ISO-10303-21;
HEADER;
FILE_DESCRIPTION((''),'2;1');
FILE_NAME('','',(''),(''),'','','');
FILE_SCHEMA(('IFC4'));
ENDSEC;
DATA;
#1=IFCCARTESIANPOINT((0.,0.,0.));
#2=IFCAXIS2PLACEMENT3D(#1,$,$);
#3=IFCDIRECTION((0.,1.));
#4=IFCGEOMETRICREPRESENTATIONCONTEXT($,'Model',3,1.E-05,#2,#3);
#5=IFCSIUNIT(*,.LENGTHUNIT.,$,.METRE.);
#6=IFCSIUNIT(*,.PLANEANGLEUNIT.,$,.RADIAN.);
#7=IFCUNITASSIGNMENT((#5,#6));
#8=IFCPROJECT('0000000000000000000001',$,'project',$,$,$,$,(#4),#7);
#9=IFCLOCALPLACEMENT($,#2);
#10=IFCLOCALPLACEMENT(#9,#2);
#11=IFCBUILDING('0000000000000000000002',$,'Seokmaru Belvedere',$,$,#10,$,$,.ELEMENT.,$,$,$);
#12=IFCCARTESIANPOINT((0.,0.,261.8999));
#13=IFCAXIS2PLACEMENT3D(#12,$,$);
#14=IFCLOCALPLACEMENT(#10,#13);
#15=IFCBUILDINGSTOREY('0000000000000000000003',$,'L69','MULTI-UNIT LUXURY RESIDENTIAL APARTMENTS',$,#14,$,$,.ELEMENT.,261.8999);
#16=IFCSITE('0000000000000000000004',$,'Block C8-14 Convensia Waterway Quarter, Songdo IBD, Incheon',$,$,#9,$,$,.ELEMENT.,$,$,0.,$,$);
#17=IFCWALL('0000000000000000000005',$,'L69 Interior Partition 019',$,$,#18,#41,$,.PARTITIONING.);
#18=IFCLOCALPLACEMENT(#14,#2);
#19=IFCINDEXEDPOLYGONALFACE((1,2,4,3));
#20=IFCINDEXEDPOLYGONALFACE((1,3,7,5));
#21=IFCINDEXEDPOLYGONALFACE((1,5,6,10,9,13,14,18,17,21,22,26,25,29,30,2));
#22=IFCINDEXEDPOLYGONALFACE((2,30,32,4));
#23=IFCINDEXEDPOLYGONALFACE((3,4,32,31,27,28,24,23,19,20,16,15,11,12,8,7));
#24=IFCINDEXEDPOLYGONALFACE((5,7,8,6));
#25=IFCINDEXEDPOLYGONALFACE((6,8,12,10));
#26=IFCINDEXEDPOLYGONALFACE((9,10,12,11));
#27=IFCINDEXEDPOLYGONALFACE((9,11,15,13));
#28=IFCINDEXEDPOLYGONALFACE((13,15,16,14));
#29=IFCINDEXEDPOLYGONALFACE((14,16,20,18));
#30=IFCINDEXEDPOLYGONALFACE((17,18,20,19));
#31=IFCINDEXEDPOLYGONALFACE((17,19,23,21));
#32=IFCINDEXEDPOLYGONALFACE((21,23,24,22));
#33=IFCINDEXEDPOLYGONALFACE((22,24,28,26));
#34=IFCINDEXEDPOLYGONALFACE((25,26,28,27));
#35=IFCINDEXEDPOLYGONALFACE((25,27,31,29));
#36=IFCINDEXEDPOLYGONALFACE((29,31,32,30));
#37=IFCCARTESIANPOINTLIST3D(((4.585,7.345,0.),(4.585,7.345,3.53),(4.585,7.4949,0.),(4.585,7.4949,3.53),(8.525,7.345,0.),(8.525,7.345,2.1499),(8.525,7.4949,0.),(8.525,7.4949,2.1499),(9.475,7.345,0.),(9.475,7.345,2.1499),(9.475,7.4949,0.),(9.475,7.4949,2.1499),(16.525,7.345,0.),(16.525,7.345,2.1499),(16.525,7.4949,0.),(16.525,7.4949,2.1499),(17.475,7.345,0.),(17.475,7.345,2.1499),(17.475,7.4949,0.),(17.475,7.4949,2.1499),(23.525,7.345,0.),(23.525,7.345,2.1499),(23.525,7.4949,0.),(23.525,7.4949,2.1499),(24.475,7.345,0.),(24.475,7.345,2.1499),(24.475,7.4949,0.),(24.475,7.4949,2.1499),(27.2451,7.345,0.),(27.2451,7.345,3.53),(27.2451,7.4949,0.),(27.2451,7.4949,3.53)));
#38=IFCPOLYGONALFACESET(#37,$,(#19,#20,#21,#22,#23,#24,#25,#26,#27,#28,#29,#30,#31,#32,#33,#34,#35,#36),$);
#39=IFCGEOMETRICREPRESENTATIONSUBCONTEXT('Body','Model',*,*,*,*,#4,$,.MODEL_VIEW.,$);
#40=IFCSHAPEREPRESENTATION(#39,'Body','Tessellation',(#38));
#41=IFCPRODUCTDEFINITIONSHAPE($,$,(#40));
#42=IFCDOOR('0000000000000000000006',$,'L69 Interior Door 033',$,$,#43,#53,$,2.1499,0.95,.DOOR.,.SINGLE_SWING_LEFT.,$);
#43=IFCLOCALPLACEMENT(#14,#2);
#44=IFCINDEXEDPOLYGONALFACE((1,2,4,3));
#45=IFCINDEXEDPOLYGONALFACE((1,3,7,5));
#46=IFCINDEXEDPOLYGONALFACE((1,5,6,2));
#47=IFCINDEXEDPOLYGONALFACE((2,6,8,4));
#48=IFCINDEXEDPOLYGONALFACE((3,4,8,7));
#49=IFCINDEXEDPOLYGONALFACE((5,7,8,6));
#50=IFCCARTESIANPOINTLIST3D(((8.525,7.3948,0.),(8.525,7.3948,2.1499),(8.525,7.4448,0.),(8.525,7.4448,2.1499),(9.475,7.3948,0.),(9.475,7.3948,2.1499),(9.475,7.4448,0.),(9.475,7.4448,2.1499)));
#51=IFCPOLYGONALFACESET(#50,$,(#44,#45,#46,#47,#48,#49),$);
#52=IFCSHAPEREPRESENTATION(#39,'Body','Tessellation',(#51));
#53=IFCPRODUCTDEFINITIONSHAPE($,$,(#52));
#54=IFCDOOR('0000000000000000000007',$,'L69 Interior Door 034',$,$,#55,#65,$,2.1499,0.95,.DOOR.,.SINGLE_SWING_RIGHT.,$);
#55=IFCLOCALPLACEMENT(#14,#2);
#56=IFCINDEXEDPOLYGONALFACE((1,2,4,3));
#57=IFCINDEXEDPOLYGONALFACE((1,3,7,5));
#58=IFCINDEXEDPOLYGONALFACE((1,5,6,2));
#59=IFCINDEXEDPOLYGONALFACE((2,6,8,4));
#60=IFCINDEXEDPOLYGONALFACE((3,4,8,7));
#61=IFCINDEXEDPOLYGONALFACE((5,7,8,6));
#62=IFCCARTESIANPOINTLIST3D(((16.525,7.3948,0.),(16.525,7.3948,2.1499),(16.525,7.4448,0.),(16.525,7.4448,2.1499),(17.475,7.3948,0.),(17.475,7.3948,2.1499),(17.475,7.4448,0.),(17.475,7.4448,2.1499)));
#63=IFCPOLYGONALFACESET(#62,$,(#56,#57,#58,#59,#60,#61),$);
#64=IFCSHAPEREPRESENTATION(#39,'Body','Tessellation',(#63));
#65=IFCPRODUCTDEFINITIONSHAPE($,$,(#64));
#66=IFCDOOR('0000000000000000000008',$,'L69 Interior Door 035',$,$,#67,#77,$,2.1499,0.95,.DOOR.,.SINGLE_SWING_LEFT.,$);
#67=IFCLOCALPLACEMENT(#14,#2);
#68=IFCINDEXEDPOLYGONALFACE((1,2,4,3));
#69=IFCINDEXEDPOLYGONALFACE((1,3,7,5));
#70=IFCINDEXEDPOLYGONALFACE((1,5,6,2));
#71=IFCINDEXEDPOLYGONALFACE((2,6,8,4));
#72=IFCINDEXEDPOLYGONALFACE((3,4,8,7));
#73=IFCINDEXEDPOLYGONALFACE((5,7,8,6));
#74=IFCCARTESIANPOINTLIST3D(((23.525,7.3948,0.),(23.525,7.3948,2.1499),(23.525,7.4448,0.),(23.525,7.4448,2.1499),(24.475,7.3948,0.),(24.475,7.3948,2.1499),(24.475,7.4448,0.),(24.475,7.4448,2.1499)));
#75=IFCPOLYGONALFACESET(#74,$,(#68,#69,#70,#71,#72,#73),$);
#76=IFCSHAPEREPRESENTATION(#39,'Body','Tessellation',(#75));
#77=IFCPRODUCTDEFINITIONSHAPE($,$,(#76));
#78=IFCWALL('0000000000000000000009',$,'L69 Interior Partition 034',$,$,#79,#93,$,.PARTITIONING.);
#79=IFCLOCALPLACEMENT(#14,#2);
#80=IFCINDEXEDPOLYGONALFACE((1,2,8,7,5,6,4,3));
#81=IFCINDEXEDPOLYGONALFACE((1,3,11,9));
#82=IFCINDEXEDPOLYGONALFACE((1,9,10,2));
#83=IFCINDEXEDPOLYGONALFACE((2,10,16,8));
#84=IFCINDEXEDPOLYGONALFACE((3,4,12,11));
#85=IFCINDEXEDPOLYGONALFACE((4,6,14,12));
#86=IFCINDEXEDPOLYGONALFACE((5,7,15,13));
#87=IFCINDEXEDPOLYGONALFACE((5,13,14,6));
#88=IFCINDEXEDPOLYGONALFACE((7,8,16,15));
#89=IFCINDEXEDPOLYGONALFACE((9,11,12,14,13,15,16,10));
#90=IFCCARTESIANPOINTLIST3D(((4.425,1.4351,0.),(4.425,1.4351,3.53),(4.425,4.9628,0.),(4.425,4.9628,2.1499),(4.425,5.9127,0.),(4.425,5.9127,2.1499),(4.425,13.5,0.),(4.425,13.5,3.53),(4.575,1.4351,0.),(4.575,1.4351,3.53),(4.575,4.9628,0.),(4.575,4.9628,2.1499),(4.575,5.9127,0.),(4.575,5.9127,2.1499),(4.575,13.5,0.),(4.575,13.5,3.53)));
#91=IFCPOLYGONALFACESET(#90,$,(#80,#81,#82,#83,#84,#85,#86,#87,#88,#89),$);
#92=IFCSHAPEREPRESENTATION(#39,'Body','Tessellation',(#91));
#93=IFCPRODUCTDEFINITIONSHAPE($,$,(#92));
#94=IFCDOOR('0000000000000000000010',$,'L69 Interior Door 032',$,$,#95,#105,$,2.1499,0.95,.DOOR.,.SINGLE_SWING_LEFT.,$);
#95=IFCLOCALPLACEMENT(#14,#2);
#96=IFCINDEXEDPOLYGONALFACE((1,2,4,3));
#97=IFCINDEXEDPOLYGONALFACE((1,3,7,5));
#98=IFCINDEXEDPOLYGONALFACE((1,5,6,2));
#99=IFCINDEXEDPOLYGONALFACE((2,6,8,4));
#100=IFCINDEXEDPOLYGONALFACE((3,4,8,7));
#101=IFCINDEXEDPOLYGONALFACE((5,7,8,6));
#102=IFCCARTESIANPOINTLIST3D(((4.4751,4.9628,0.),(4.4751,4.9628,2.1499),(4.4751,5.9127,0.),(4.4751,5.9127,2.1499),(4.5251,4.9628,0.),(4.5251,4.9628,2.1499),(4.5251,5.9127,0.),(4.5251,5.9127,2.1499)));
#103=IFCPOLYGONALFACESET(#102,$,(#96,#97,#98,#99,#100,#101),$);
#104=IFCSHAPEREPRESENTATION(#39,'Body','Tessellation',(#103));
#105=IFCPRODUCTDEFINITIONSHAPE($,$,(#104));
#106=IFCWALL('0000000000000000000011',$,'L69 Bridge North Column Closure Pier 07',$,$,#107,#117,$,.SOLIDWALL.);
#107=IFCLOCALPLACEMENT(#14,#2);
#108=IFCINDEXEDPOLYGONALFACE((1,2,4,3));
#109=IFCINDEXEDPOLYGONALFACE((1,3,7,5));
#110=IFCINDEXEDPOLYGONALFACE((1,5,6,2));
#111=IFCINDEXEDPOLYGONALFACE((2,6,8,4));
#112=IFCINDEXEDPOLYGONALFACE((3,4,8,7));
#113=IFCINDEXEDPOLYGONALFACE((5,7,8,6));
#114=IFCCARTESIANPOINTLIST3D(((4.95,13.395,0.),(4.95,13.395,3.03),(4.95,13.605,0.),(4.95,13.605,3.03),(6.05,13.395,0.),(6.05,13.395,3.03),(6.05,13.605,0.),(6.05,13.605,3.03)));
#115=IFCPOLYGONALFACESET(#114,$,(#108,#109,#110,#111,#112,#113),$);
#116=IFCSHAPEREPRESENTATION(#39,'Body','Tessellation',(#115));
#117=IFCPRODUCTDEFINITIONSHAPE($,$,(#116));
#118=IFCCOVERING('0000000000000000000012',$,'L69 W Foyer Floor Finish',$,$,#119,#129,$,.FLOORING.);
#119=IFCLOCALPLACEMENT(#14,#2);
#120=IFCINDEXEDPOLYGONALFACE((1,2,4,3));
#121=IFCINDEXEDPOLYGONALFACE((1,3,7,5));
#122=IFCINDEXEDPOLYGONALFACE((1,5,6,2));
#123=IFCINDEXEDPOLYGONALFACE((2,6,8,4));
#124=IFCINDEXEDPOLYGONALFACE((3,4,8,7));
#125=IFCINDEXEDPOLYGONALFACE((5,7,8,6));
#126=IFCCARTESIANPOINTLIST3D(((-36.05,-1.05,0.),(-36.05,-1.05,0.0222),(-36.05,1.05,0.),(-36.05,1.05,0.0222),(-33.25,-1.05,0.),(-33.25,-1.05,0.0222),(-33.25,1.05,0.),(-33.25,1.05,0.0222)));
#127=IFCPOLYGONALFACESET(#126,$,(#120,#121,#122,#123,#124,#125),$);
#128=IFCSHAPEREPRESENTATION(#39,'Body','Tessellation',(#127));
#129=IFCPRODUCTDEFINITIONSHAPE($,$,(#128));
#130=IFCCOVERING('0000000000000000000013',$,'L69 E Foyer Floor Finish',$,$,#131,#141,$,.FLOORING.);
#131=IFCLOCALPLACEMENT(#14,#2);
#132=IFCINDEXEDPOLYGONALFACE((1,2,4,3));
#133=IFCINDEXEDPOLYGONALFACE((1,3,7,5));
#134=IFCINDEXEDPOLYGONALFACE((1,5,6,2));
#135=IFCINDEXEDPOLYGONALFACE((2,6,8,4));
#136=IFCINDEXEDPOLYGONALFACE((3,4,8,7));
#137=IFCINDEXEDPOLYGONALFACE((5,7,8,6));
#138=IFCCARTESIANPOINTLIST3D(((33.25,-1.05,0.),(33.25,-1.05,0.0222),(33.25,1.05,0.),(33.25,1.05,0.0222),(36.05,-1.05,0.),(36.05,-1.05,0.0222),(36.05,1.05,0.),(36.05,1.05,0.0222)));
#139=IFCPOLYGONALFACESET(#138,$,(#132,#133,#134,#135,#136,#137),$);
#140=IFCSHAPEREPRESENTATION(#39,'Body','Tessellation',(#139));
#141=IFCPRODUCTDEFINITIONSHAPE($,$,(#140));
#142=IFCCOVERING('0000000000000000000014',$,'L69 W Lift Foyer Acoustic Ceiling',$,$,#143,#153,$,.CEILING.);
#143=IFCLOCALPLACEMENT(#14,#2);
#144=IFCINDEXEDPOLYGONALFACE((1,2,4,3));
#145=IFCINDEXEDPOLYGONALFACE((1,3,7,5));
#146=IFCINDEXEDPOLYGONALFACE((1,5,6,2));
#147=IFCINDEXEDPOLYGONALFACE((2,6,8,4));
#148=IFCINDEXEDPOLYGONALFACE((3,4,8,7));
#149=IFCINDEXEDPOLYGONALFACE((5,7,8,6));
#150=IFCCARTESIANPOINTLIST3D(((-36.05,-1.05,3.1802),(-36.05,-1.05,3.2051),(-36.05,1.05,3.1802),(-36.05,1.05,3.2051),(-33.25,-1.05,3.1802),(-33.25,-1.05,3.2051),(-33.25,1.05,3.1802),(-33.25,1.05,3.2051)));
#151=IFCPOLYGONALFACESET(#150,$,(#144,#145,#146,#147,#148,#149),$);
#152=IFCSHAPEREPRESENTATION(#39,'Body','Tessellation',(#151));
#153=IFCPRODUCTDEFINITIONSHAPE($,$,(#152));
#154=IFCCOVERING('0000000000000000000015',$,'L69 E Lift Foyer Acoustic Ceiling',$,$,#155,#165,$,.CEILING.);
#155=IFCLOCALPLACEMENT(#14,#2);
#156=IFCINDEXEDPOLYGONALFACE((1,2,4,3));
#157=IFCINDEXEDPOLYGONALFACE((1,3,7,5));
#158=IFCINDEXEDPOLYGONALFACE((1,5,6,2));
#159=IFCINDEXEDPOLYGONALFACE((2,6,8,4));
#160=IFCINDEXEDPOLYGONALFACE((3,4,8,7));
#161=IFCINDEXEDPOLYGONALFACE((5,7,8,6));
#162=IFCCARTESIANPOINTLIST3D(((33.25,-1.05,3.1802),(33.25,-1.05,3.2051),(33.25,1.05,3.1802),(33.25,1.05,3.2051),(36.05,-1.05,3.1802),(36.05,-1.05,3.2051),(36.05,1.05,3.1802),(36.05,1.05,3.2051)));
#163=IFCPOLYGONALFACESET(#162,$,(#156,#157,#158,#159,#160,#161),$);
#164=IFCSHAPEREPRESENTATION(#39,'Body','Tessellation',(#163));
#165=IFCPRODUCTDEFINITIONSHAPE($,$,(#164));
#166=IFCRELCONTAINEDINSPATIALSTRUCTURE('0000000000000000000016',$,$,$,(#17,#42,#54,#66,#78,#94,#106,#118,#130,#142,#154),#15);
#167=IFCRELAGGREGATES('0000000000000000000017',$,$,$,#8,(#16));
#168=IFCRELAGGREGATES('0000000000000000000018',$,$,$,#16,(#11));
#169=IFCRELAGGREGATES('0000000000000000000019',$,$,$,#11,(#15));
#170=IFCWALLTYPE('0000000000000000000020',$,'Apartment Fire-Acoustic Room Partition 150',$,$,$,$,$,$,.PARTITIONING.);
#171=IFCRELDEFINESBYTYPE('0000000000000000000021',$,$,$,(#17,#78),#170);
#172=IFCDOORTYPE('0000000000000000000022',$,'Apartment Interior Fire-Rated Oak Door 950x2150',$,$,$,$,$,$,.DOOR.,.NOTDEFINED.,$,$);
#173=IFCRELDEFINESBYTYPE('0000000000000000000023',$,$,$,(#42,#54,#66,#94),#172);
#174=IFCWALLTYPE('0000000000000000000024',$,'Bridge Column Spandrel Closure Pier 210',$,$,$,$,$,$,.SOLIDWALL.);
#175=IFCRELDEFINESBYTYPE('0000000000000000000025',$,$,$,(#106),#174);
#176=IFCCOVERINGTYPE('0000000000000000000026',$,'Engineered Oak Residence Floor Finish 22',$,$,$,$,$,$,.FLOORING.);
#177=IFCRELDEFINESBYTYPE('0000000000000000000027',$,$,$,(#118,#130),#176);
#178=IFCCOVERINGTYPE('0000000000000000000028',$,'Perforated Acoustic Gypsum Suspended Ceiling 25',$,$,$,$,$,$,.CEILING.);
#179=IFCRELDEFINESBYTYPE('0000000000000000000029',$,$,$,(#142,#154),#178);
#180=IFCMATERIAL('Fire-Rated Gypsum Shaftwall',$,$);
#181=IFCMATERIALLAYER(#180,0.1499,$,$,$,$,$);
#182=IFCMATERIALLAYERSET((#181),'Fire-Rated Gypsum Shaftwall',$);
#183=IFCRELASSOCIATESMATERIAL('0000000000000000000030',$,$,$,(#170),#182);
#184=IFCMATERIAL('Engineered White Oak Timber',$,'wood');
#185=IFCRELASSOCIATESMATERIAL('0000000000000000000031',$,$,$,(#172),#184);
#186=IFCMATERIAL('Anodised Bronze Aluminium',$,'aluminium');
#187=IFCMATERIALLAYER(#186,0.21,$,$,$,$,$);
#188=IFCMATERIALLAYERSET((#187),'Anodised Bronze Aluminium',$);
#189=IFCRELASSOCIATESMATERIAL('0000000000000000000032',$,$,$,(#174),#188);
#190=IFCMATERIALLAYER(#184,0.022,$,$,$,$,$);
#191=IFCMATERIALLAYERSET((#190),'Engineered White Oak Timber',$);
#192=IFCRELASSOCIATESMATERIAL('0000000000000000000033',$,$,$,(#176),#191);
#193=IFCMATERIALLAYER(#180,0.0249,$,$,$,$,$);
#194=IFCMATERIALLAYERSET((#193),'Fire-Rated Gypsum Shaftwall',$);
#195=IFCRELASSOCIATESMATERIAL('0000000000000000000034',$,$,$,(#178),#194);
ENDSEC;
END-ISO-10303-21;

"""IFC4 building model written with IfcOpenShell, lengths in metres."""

from ifc_helpers import new_model, si_unit, direction, frame, frame_2d, origin, place, context, subcontext, project, spatial, polyline, rectangle, outline, extrude, source, transform, mapped, material, layer, layer_set, type_object, type_shapes, element, fill, save


model = new_model("IFC4")

# Units and contexts
model_context = context("Model", 3, precision=1e-05, world=origin(), true_north=direction((0.0, 1.0)))
body_context = subcontext(model_context, "Body", "Model", "MODEL_VIEW")
ifc_project = project(units=[si_unit("LENGTHUNIT", "METRE"), si_unit("PLANEANGLEUNIT", "RADIAN")], contexts=[model_context])

# Site, building, storey
site_placement = place(None, origin())
site = spatial("IfcSite", under=ifc_project, at=site_placement, Name="Block C8-14 Convensia Waterway Quarter, Songdo IBD, Incheon", CompositionType="ELEMENT", RefElevation=0.0)
building_placement = place(site_placement, origin())
building = spatial("IfcBuilding", under=site, at=building_placement, Name="Seokmaru Belvedere", CompositionType="ELEMENT")
storey_placement = place(building_placement, frame((0.0, 0.0, 261.8999)))
storey = spatial("IfcBuildingStorey", under=building, at=storey_placement, Name="L69", Description="MULTI-UNIT LUXURY RESIDENTIAL APARTMENTS", CompositionType="ELEMENT", Elevation=261.8999)

# Shared definitions
ifc_material_1 = material(Name="Anodised Bronze Aluminium", Category="aluminium")

# Wall, openings, doors
ifc_material_2 = material(Name="Fire-Rated Gypsum Shaftwall")
ifc_layer_1 = layer(ifc_material_2, 0.1499)
ifc_layer_set_1 = layer_set([ifc_layer_1], Name="Fire-Rated Gypsum Shaftwall")
wall_type_1 = type_object("IfcWallType", Name="Apartment Fire-Acoustic Room Partition 150", PredefinedType="PARTITIONING", material=ifc_layer_set_1)
wall_1_placement = place(storey_placement, frame((4.585, 7.4199, 0.0), z_axis=(0.0, 0.0, 1.0), x_axis=(1.0, 0.0, 0.0)))
wall_1 = element("IfcWall", 1, at=wall_1_placement, inside=storey, type_object=wall_type_1, Name="L69 Interior Partition 019", PredefinedType="PARTITIONING", context=body_context, shape_type="SweptSolid", body=[
    extrude(rectangle(XDim=22.6602, YDim=0.1499, at=frame_2d((11.3301, 0.0))), origin(), (0.0, 0.0, 1.0), 3.53),
])
opening_1_placement = place(wall_1_placement, frame((3.9399, 0.0, 0.0)))
opening_1 = element("IfcOpeningElement", 2, at=opening_1_placement, cuts=wall_1, PredefinedType="OPENING", context=body_context, shape_type="SweptSolid", body=[
    extrude(rectangle(XDim=0.95, YDim=2.1499, at=frame_2d((0.4751, 1.075))), frame((0.0, 0.085, 0.0), z_axis=(0.0, -1.0, 0.0), x_axis=(1.0, 0.0, 0.0)), (0.0, 0.0, 1.0), 0.1699),
])
opening_2_placement = place(wall_1_placement, frame((11.9399, 0.0, 0.0)))
opening_2 = element("IfcOpeningElement", 3, at=opening_2_placement, cuts=wall_1, PredefinedType="OPENING", context=body_context, shape_type="SweptSolid", body=[
    extrude(rectangle(XDim=0.95, YDim=2.1499, at=frame_2d((0.4751, 1.075))), frame((0.0, 0.085, 0.0), z_axis=(0.0, -1.0, 0.0), x_axis=(1.0, 0.0, 0.0)), (0.0, 0.0, 1.0), 0.1699),
])
opening_3_placement = place(wall_1_placement, frame((18.9399, 0.0, 0.0)))
opening_3 = element("IfcOpeningElement", 4, at=opening_3_placement, cuts=wall_1, PredefinedType="OPENING", context=body_context, shape_type="SweptSolid", body=[
    extrude(rectangle(XDim=0.95, YDim=2.1499, at=frame_2d((0.4751, 1.075))), frame((0.0, 0.085, 0.0), z_axis=(0.0, -1.0, 0.0), x_axis=(1.0, 0.0, 0.0)), (0.0, 0.0, 1.0), 0.1699),
])
ifc_material_3 = material(Name="Engineered White Oak Timber", Category="wood")
door_type = type_object("IfcDoorType", Name="Apartment Interior Fire-Rated Oak Door 950x2150", OperationType="NOTDEFINED", PredefinedType="DOOR", material=ifc_material_3)
shared_shape_1 = source(origin(), body_context, "Body", "SweptSolid", [
    extrude(rectangle(XDim=0.95, YDim=2.1499, at=frame_2d((0.4751, 1.075))), frame((0.0, 0.0249, 0.0), z_axis=(0.0, -1.0, 0.0), x_axis=(1.0, 0.0, 0.0)), (0.0, 0.0, 1.0), 0.05),
])
type_shapes(door_type, [shared_shape_1])
door_1_placement = place(opening_1_placement, origin())
door_1 = element("IfcDoor", 5, at=door_1_placement, inside=storey, type_object=door_type, Name="L69 Interior Door 033", OperationType="SINGLE_SWING_LEFT", OverallHeight=2.1499, OverallWidth=0.95, PredefinedType="DOOR", context=body_context, shape_type="MappedRepresentation", body=[
    mapped(shared_shape_1, transform((0.0, 0.0, 0.0), scale=1.0)),
])
fill(opening_1, door_1)
door_2_placement = place(opening_2_placement, origin())
door_2 = element("IfcDoor", 6, at=door_2_placement, inside=storey, type_object=door_type, Name="L69 Interior Door 034", OperationType="SINGLE_SWING_RIGHT", OverallHeight=2.1499, OverallWidth=0.95, PredefinedType="DOOR", context=body_context, shape_type="MappedRepresentation", body=[
    mapped(shared_shape_1, transform((0.0, 0.0, 0.0), scale=1.0)),
])
fill(opening_2, door_2)
door_3_placement = place(opening_3_placement, origin())
door_3 = element("IfcDoor", 7, at=door_3_placement, inside=storey, type_object=door_type, Name="L69 Interior Door 035", OperationType="SINGLE_SWING_LEFT", OverallHeight=2.1499, OverallWidth=0.95, PredefinedType="DOOR", context=body_context, shape_type="MappedRepresentation", body=[
    mapped(shared_shape_1, transform((0.0, 0.0, 0.0), scale=1.0)),
])
fill(opening_3, door_3)

# Wall, opening, door
wall_2_placement = place(storey_placement, frame((4.5, 1.4351, 0.0), z_axis=(0.0, 0.0, 1.0), x_axis=(0.0, 1.0, 0.0)))
wall_2 = element("IfcWall", 8, at=wall_2_placement, inside=storey, type_object=wall_type_1, Name="L69 Interior Partition 034", PredefinedType="PARTITIONING", context=body_context, shape_type="SweptSolid", body=[
    extrude(rectangle(XDim=12.0649, YDim=0.1499, at=frame_2d((6.0325, 0.0))), origin(), (0.0, 0.0, 1.0), 3.53),
])
opening_4_placement = place(wall_2_placement, frame((3.5276, 0.0, 0.0)))
opening_4 = element("IfcOpeningElement", 9, at=opening_4_placement, cuts=wall_2, PredefinedType="OPENING", context=body_context, shape_type="SweptSolid", body=[
    extrude(rectangle(XDim=0.95, YDim=2.1499, at=frame_2d((0.4751, 1.075))), frame((0.0, 0.085, 0.0), z_axis=(0.0, -1.0, 0.0), x_axis=(1.0, 0.0, 0.0)), (0.0, 0.0, 1.0), 0.1699),
])
door_4_placement = place(opening_4_placement, origin())
door_4 = element("IfcDoor", 10, at=door_4_placement, inside=storey, type_object=door_type, Name="L69 Interior Door 032", OperationType="SINGLE_SWING_LEFT", OverallHeight=2.1499, OverallWidth=0.95, PredefinedType="DOOR", context=body_context, shape_type="MappedRepresentation", body=[
    mapped(shared_shape_1, transform((0.0, 0.0, 0.0), scale=1.0)),
])
fill(opening_4, door_4)

# Wall
ifc_layer_2 = layer(ifc_material_1, 0.21)
ifc_layer_set_2 = layer_set([ifc_layer_2], Name="Anodised Bronze Aluminium")
wall_type_2 = type_object("IfcWallType", Name="Bridge Column Spandrel Closure Pier 210", PredefinedType="SOLIDWALL", material=ifc_layer_set_2)
wall_3_placement = place(storey_placement, frame((4.95, 13.5, 0.0), z_axis=(0.0, 0.0, 1.0), x_axis=(1.0, 0.0, 0.0)))
element("IfcWall", 11, at=wall_3_placement, inside=storey, type_object=wall_type_2, Name="L69 Bridge North Column Closure Pier 07", PredefinedType="SOLIDWALL", context=body_context, shape_type="SweptSolid", body=[
    extrude(rectangle(XDim=1.1001, YDim=0.21, at=frame_2d((0.55, 0.0))), origin(), (0.0, 0.0, 1.0), 3.03),
])

# Coverings
ifc_layer_3 = layer(ifc_material_3, 0.022)
ifc_layer_set_3 = layer_set([ifc_layer_3], Name="Engineered White Oak Timber")
covering_type_1 = type_object("IfcCoveringType", Name="Engineered Oak Residence Floor Finish 22", PredefinedType="FLOORING", material=ifc_layer_set_3)
covering_1_placement = place(storey_placement, origin())
element("IfcCovering", 12, at=covering_1_placement, inside=storey, type_object=covering_type_1, Name="L69 W Foyer Floor Finish", PredefinedType="FLOORING", context=body_context, shape_type="SweptSolid", body=[
    extrude(outline(polyline([(-36.05, -1.05), (-33.25, -1.05), (-33.25, 1.05), (-36.05, 1.05), (-36.05, -1.05)])), origin(), (0.0, 0.0, 1.0), 0.0222),
])
covering_2_placement = place(storey_placement, origin())
element("IfcCovering", 13, at=covering_2_placement, inside=storey, type_object=covering_type_1, Name="L69 E Foyer Floor Finish", PredefinedType="FLOORING", context=body_context, shape_type="SweptSolid", body=[
    extrude(outline(polyline([(33.25, -1.05), (36.05, -1.05), (36.05, 1.05), (33.25, 1.05), (33.25, -1.05)])), origin(), (0.0, 0.0, 1.0), 0.0222),
])
ifc_layer_4 = layer(ifc_material_2, 0.0249)
ifc_layer_set_4 = layer_set([ifc_layer_4], Name="Fire-Rated Gypsum Shaftwall")
covering_type_2 = type_object("IfcCoveringType", Name="Perforated Acoustic Gypsum Suspended Ceiling 25", PredefinedType="CEILING", material=ifc_layer_set_4)
covering_3_placement = place(storey_placement, frame((0.0, 0.0, 3.1802)))
element("IfcCovering", 14, at=covering_3_placement, inside=storey, type_object=covering_type_2, Name="L69 W Lift Foyer Acoustic Ceiling", PredefinedType="CEILING", context=body_context, shape_type="SweptSolid", body=[
    extrude(outline(polyline([(-36.05, -1.05), (-33.25, -1.05), (-33.25, 1.05), (-36.05, 1.05), (-36.05, -1.05)])), origin(), (0.0, 0.0, 1.0), 0.0249),
])
covering_4_placement = place(storey_placement, frame((0.0, 0.0, 3.1802)))
element("IfcCovering", 15, at=covering_4_placement, inside=storey, type_object=covering_type_2, Name="L69 E Lift Foyer Acoustic Ceiling", PredefinedType="CEILING", context=body_context, shape_type="SweptSolid", body=[
    extrude(outline(polyline([(33.25, -1.05), (36.05, -1.05), (36.05, 1.05), (33.25, 1.05), (33.25, -1.05)])), origin(), (0.0, 0.0, 1.0), 0.0249),
])

save(model, "model.ifc")
